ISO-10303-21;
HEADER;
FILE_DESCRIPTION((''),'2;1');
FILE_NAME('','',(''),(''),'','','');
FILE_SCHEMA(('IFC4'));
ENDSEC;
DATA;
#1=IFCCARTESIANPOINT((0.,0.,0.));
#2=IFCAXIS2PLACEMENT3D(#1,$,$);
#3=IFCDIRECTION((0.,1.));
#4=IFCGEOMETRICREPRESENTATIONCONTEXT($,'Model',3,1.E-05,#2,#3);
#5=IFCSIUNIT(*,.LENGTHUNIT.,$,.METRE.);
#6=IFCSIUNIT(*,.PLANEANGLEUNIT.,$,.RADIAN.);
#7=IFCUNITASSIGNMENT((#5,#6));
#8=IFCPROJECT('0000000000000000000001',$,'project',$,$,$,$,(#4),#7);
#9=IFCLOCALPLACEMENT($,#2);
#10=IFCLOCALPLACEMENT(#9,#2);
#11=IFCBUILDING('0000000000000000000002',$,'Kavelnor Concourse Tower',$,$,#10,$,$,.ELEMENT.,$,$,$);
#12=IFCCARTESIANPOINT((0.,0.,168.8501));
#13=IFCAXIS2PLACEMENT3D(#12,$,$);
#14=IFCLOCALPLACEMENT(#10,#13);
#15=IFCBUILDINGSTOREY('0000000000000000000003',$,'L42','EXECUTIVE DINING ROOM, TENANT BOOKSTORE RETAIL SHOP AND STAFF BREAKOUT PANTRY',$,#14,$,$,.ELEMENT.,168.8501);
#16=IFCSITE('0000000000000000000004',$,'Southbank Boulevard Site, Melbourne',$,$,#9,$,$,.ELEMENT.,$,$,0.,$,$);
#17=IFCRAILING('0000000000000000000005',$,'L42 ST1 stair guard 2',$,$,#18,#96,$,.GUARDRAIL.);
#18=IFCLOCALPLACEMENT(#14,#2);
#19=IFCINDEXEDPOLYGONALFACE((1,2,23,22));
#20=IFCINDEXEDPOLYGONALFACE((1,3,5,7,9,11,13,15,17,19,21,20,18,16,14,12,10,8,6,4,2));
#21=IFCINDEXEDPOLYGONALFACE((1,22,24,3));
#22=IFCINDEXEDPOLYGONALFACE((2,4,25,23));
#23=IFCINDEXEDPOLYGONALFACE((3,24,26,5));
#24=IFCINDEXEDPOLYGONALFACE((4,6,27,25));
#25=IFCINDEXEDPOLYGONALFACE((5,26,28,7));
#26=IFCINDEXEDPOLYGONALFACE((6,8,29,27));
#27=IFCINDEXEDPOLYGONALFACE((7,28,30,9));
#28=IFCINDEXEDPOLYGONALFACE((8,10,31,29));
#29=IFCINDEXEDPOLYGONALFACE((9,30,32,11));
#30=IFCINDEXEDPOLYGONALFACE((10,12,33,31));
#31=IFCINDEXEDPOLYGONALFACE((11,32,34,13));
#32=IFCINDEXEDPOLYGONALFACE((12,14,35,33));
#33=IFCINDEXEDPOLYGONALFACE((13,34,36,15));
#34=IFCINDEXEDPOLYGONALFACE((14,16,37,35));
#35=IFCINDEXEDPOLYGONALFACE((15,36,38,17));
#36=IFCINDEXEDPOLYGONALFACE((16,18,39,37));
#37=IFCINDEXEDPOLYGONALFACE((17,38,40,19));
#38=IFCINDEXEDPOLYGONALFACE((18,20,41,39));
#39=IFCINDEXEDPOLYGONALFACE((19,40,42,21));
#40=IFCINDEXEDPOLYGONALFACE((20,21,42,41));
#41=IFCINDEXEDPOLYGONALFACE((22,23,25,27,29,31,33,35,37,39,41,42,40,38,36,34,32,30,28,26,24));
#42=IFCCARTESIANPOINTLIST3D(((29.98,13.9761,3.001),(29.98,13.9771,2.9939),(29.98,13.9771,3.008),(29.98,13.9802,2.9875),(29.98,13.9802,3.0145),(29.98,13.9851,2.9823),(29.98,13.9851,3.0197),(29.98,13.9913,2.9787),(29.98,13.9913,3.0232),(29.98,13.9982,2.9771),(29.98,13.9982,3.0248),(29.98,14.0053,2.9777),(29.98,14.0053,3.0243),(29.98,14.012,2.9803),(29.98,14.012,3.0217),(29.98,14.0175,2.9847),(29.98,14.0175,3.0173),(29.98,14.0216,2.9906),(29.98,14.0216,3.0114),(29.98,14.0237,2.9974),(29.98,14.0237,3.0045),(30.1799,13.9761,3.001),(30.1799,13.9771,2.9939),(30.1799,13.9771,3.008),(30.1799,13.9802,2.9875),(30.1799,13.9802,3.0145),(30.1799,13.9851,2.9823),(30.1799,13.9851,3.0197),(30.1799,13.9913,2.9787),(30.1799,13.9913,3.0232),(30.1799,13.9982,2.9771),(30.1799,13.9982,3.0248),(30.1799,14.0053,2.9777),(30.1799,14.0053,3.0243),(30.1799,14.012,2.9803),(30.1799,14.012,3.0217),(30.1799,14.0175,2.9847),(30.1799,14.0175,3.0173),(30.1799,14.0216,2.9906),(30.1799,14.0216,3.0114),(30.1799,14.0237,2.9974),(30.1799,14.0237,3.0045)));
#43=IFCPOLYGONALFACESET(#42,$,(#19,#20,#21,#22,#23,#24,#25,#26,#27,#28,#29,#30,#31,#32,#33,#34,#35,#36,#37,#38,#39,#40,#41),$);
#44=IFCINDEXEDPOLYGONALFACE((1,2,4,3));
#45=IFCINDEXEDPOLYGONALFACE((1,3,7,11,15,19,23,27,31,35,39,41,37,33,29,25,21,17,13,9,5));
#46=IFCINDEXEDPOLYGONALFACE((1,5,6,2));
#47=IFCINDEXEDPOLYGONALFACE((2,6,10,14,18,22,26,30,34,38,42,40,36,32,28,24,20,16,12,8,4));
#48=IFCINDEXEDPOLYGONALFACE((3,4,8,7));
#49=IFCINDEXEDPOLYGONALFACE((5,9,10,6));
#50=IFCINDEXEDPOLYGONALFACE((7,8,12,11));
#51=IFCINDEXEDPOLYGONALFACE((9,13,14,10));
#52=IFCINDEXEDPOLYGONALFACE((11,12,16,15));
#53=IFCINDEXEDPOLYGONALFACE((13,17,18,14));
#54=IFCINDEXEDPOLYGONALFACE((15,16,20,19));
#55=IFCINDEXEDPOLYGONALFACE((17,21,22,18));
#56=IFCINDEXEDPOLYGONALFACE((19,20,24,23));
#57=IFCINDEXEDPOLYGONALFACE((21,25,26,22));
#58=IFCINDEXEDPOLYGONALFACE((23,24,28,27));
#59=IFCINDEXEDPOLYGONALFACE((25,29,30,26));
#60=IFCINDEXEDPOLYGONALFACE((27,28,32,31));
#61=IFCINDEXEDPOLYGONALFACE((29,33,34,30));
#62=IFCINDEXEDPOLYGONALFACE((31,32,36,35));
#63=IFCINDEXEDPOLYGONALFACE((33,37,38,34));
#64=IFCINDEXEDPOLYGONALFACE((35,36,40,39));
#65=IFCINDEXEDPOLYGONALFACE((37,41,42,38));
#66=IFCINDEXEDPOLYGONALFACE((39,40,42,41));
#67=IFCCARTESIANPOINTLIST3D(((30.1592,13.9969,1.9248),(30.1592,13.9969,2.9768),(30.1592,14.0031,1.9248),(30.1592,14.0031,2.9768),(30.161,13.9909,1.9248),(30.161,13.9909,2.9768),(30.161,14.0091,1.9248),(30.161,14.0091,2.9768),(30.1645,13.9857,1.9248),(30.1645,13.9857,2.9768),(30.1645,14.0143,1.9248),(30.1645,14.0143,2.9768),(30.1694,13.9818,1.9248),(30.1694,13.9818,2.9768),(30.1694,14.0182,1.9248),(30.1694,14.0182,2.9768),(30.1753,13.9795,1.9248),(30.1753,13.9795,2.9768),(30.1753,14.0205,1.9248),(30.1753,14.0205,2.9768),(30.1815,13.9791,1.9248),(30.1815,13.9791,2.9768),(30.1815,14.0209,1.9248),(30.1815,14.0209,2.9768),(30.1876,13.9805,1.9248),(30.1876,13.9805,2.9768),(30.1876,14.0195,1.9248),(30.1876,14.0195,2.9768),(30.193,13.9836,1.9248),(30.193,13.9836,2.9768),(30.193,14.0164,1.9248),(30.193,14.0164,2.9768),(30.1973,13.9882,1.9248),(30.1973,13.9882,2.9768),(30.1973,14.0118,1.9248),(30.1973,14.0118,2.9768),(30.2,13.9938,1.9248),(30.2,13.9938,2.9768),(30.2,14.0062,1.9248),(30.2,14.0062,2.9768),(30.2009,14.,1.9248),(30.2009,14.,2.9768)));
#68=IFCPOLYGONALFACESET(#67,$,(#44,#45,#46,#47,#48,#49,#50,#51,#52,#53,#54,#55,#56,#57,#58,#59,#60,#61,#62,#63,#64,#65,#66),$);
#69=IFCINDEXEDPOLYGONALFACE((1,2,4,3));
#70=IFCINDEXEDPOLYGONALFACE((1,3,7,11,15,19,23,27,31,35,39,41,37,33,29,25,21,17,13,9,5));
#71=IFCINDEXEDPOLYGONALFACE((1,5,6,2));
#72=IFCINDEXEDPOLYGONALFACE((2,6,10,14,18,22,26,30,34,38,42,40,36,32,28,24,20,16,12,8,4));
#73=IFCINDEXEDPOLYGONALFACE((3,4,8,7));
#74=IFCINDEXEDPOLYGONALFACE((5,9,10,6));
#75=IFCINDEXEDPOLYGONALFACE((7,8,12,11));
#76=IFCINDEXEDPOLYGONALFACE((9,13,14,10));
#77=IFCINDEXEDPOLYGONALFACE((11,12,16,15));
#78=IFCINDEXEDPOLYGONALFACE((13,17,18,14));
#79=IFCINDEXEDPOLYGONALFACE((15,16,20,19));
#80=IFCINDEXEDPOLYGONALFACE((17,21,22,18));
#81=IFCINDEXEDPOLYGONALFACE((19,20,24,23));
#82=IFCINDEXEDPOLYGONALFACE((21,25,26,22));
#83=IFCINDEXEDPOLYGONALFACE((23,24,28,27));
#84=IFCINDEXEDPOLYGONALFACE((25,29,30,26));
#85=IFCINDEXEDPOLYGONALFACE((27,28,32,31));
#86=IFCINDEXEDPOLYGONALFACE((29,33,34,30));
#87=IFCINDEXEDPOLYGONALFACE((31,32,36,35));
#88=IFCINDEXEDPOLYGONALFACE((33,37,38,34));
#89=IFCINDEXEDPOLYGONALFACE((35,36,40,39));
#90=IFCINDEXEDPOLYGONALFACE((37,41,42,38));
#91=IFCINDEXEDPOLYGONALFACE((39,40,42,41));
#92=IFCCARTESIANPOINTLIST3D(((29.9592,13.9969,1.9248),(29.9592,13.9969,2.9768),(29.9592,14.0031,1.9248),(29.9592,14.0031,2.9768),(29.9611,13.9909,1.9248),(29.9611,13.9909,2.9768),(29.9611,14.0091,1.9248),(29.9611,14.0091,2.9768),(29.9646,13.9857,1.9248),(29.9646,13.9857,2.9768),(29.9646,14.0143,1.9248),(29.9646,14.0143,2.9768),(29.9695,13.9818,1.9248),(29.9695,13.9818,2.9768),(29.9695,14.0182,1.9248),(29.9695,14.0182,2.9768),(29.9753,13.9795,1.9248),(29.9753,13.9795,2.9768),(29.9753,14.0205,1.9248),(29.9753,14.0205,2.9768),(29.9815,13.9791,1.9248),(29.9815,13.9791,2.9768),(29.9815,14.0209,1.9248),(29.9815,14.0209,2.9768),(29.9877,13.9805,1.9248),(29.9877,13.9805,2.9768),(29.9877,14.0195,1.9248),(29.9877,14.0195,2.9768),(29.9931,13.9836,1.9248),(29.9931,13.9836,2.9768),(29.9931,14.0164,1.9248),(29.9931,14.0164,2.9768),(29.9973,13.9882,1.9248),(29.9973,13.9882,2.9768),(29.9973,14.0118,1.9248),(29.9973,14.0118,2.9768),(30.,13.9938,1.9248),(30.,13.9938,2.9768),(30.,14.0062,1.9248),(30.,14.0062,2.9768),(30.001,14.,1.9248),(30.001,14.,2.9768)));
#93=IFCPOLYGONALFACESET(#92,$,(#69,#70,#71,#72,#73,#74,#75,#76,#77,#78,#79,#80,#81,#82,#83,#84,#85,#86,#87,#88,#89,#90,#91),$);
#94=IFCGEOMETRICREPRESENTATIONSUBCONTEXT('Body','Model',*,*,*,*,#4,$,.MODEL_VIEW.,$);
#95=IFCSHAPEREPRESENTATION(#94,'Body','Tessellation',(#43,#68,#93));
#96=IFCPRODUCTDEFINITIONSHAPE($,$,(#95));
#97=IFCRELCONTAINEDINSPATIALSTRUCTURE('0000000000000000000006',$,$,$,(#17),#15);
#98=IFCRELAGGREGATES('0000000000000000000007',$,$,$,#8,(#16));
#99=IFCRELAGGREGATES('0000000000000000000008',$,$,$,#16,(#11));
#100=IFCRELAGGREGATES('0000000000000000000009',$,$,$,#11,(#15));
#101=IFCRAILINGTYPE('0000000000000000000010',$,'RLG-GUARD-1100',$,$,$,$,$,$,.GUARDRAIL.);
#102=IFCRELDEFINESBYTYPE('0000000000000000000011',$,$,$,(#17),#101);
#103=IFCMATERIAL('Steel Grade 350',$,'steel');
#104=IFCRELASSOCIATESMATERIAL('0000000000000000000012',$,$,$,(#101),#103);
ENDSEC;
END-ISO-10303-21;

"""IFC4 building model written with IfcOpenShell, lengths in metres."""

from ifc_helpers import new_model, si_unit, direction, frame, origin, origin_2d, place, context, subcontext, project, spatial, circle, extrude, material, type_object, element, save


model = new_model("IFC4")

# Units and contexts
model_context = context("Model", 3, precision=1e-05, world=origin(), true_north=direction((0.0, 1.0)))
body_context = subcontext(model_context, "Body", "Model", "MODEL_VIEW")
ifc_project = project(units=[si_unit("LENGTHUNIT", "METRE"), si_unit("PLANEANGLEUNIT", "RADIAN")], contexts=[model_context])

# Site, building, storey
site_placement = place(None, origin())
site = spatial("IfcSite", under=ifc_project, at=site_placement, Name="Southbank Boulevard Site, Melbourne", CompositionType="ELEMENT", RefElevation=0.0)
building_placement = place(site_placement, origin())
building = spatial("IfcBuilding", under=site, at=building_placement, Name="Kavelnor Concourse Tower", CompositionType="ELEMENT")
storey_placement = place(building_placement, frame((0.0, 0.0, 168.8501)))
storey = spatial("IfcBuildingStorey", under=building, at=storey_placement, Name="L42", Description="EXECUTIVE DINING ROOM, TENANT BOOKSTORE RETAIL SHOP AND STAFF BREAKOUT PANTRY", CompositionType="ELEMENT", Elevation=168.8501)

# Shared definitions
ifc_material_1 = material(Name="Steel Grade 350", Category="steel")

# Railing
railing_type_1 = type_object("IfcRailingType", Name="RLG-GUARD-1100", PredefinedType="GUARDRAIL", material=ifc_material_1)
railing_1_placement = place(storey_placement, frame((30.1799, 14.0, 1.9248)))
element("IfcRailing", 1, at=railing_1_placement, inside=storey, type_object=railing_type_1, Name="L42 ST1 stair guard 2", PredefinedType="GUARDRAIL", context=body_context, shape_type="SweptSolid", body=[
    extrude(circle(Radius=0.0239, at=origin_2d()), frame((0.0, 0.0, 1.0762), z_axis=(-1.0, 0.0, 0.0), x_axis=(0.0, -1.0, 0.0)), (0.0, 0.0, 1.0), 0.2),
    extrude(circle(Radius=0.021, at=origin_2d()), origin(), (0.0, 0.0, 1.0), 1.052),
    extrude(circle(Radius=0.021, at=origin_2d()), frame((-0.2, 0.0, 0.0)), (0.0, 0.0, 1.0), 1.052),
])

save(model, "model.ifc")
